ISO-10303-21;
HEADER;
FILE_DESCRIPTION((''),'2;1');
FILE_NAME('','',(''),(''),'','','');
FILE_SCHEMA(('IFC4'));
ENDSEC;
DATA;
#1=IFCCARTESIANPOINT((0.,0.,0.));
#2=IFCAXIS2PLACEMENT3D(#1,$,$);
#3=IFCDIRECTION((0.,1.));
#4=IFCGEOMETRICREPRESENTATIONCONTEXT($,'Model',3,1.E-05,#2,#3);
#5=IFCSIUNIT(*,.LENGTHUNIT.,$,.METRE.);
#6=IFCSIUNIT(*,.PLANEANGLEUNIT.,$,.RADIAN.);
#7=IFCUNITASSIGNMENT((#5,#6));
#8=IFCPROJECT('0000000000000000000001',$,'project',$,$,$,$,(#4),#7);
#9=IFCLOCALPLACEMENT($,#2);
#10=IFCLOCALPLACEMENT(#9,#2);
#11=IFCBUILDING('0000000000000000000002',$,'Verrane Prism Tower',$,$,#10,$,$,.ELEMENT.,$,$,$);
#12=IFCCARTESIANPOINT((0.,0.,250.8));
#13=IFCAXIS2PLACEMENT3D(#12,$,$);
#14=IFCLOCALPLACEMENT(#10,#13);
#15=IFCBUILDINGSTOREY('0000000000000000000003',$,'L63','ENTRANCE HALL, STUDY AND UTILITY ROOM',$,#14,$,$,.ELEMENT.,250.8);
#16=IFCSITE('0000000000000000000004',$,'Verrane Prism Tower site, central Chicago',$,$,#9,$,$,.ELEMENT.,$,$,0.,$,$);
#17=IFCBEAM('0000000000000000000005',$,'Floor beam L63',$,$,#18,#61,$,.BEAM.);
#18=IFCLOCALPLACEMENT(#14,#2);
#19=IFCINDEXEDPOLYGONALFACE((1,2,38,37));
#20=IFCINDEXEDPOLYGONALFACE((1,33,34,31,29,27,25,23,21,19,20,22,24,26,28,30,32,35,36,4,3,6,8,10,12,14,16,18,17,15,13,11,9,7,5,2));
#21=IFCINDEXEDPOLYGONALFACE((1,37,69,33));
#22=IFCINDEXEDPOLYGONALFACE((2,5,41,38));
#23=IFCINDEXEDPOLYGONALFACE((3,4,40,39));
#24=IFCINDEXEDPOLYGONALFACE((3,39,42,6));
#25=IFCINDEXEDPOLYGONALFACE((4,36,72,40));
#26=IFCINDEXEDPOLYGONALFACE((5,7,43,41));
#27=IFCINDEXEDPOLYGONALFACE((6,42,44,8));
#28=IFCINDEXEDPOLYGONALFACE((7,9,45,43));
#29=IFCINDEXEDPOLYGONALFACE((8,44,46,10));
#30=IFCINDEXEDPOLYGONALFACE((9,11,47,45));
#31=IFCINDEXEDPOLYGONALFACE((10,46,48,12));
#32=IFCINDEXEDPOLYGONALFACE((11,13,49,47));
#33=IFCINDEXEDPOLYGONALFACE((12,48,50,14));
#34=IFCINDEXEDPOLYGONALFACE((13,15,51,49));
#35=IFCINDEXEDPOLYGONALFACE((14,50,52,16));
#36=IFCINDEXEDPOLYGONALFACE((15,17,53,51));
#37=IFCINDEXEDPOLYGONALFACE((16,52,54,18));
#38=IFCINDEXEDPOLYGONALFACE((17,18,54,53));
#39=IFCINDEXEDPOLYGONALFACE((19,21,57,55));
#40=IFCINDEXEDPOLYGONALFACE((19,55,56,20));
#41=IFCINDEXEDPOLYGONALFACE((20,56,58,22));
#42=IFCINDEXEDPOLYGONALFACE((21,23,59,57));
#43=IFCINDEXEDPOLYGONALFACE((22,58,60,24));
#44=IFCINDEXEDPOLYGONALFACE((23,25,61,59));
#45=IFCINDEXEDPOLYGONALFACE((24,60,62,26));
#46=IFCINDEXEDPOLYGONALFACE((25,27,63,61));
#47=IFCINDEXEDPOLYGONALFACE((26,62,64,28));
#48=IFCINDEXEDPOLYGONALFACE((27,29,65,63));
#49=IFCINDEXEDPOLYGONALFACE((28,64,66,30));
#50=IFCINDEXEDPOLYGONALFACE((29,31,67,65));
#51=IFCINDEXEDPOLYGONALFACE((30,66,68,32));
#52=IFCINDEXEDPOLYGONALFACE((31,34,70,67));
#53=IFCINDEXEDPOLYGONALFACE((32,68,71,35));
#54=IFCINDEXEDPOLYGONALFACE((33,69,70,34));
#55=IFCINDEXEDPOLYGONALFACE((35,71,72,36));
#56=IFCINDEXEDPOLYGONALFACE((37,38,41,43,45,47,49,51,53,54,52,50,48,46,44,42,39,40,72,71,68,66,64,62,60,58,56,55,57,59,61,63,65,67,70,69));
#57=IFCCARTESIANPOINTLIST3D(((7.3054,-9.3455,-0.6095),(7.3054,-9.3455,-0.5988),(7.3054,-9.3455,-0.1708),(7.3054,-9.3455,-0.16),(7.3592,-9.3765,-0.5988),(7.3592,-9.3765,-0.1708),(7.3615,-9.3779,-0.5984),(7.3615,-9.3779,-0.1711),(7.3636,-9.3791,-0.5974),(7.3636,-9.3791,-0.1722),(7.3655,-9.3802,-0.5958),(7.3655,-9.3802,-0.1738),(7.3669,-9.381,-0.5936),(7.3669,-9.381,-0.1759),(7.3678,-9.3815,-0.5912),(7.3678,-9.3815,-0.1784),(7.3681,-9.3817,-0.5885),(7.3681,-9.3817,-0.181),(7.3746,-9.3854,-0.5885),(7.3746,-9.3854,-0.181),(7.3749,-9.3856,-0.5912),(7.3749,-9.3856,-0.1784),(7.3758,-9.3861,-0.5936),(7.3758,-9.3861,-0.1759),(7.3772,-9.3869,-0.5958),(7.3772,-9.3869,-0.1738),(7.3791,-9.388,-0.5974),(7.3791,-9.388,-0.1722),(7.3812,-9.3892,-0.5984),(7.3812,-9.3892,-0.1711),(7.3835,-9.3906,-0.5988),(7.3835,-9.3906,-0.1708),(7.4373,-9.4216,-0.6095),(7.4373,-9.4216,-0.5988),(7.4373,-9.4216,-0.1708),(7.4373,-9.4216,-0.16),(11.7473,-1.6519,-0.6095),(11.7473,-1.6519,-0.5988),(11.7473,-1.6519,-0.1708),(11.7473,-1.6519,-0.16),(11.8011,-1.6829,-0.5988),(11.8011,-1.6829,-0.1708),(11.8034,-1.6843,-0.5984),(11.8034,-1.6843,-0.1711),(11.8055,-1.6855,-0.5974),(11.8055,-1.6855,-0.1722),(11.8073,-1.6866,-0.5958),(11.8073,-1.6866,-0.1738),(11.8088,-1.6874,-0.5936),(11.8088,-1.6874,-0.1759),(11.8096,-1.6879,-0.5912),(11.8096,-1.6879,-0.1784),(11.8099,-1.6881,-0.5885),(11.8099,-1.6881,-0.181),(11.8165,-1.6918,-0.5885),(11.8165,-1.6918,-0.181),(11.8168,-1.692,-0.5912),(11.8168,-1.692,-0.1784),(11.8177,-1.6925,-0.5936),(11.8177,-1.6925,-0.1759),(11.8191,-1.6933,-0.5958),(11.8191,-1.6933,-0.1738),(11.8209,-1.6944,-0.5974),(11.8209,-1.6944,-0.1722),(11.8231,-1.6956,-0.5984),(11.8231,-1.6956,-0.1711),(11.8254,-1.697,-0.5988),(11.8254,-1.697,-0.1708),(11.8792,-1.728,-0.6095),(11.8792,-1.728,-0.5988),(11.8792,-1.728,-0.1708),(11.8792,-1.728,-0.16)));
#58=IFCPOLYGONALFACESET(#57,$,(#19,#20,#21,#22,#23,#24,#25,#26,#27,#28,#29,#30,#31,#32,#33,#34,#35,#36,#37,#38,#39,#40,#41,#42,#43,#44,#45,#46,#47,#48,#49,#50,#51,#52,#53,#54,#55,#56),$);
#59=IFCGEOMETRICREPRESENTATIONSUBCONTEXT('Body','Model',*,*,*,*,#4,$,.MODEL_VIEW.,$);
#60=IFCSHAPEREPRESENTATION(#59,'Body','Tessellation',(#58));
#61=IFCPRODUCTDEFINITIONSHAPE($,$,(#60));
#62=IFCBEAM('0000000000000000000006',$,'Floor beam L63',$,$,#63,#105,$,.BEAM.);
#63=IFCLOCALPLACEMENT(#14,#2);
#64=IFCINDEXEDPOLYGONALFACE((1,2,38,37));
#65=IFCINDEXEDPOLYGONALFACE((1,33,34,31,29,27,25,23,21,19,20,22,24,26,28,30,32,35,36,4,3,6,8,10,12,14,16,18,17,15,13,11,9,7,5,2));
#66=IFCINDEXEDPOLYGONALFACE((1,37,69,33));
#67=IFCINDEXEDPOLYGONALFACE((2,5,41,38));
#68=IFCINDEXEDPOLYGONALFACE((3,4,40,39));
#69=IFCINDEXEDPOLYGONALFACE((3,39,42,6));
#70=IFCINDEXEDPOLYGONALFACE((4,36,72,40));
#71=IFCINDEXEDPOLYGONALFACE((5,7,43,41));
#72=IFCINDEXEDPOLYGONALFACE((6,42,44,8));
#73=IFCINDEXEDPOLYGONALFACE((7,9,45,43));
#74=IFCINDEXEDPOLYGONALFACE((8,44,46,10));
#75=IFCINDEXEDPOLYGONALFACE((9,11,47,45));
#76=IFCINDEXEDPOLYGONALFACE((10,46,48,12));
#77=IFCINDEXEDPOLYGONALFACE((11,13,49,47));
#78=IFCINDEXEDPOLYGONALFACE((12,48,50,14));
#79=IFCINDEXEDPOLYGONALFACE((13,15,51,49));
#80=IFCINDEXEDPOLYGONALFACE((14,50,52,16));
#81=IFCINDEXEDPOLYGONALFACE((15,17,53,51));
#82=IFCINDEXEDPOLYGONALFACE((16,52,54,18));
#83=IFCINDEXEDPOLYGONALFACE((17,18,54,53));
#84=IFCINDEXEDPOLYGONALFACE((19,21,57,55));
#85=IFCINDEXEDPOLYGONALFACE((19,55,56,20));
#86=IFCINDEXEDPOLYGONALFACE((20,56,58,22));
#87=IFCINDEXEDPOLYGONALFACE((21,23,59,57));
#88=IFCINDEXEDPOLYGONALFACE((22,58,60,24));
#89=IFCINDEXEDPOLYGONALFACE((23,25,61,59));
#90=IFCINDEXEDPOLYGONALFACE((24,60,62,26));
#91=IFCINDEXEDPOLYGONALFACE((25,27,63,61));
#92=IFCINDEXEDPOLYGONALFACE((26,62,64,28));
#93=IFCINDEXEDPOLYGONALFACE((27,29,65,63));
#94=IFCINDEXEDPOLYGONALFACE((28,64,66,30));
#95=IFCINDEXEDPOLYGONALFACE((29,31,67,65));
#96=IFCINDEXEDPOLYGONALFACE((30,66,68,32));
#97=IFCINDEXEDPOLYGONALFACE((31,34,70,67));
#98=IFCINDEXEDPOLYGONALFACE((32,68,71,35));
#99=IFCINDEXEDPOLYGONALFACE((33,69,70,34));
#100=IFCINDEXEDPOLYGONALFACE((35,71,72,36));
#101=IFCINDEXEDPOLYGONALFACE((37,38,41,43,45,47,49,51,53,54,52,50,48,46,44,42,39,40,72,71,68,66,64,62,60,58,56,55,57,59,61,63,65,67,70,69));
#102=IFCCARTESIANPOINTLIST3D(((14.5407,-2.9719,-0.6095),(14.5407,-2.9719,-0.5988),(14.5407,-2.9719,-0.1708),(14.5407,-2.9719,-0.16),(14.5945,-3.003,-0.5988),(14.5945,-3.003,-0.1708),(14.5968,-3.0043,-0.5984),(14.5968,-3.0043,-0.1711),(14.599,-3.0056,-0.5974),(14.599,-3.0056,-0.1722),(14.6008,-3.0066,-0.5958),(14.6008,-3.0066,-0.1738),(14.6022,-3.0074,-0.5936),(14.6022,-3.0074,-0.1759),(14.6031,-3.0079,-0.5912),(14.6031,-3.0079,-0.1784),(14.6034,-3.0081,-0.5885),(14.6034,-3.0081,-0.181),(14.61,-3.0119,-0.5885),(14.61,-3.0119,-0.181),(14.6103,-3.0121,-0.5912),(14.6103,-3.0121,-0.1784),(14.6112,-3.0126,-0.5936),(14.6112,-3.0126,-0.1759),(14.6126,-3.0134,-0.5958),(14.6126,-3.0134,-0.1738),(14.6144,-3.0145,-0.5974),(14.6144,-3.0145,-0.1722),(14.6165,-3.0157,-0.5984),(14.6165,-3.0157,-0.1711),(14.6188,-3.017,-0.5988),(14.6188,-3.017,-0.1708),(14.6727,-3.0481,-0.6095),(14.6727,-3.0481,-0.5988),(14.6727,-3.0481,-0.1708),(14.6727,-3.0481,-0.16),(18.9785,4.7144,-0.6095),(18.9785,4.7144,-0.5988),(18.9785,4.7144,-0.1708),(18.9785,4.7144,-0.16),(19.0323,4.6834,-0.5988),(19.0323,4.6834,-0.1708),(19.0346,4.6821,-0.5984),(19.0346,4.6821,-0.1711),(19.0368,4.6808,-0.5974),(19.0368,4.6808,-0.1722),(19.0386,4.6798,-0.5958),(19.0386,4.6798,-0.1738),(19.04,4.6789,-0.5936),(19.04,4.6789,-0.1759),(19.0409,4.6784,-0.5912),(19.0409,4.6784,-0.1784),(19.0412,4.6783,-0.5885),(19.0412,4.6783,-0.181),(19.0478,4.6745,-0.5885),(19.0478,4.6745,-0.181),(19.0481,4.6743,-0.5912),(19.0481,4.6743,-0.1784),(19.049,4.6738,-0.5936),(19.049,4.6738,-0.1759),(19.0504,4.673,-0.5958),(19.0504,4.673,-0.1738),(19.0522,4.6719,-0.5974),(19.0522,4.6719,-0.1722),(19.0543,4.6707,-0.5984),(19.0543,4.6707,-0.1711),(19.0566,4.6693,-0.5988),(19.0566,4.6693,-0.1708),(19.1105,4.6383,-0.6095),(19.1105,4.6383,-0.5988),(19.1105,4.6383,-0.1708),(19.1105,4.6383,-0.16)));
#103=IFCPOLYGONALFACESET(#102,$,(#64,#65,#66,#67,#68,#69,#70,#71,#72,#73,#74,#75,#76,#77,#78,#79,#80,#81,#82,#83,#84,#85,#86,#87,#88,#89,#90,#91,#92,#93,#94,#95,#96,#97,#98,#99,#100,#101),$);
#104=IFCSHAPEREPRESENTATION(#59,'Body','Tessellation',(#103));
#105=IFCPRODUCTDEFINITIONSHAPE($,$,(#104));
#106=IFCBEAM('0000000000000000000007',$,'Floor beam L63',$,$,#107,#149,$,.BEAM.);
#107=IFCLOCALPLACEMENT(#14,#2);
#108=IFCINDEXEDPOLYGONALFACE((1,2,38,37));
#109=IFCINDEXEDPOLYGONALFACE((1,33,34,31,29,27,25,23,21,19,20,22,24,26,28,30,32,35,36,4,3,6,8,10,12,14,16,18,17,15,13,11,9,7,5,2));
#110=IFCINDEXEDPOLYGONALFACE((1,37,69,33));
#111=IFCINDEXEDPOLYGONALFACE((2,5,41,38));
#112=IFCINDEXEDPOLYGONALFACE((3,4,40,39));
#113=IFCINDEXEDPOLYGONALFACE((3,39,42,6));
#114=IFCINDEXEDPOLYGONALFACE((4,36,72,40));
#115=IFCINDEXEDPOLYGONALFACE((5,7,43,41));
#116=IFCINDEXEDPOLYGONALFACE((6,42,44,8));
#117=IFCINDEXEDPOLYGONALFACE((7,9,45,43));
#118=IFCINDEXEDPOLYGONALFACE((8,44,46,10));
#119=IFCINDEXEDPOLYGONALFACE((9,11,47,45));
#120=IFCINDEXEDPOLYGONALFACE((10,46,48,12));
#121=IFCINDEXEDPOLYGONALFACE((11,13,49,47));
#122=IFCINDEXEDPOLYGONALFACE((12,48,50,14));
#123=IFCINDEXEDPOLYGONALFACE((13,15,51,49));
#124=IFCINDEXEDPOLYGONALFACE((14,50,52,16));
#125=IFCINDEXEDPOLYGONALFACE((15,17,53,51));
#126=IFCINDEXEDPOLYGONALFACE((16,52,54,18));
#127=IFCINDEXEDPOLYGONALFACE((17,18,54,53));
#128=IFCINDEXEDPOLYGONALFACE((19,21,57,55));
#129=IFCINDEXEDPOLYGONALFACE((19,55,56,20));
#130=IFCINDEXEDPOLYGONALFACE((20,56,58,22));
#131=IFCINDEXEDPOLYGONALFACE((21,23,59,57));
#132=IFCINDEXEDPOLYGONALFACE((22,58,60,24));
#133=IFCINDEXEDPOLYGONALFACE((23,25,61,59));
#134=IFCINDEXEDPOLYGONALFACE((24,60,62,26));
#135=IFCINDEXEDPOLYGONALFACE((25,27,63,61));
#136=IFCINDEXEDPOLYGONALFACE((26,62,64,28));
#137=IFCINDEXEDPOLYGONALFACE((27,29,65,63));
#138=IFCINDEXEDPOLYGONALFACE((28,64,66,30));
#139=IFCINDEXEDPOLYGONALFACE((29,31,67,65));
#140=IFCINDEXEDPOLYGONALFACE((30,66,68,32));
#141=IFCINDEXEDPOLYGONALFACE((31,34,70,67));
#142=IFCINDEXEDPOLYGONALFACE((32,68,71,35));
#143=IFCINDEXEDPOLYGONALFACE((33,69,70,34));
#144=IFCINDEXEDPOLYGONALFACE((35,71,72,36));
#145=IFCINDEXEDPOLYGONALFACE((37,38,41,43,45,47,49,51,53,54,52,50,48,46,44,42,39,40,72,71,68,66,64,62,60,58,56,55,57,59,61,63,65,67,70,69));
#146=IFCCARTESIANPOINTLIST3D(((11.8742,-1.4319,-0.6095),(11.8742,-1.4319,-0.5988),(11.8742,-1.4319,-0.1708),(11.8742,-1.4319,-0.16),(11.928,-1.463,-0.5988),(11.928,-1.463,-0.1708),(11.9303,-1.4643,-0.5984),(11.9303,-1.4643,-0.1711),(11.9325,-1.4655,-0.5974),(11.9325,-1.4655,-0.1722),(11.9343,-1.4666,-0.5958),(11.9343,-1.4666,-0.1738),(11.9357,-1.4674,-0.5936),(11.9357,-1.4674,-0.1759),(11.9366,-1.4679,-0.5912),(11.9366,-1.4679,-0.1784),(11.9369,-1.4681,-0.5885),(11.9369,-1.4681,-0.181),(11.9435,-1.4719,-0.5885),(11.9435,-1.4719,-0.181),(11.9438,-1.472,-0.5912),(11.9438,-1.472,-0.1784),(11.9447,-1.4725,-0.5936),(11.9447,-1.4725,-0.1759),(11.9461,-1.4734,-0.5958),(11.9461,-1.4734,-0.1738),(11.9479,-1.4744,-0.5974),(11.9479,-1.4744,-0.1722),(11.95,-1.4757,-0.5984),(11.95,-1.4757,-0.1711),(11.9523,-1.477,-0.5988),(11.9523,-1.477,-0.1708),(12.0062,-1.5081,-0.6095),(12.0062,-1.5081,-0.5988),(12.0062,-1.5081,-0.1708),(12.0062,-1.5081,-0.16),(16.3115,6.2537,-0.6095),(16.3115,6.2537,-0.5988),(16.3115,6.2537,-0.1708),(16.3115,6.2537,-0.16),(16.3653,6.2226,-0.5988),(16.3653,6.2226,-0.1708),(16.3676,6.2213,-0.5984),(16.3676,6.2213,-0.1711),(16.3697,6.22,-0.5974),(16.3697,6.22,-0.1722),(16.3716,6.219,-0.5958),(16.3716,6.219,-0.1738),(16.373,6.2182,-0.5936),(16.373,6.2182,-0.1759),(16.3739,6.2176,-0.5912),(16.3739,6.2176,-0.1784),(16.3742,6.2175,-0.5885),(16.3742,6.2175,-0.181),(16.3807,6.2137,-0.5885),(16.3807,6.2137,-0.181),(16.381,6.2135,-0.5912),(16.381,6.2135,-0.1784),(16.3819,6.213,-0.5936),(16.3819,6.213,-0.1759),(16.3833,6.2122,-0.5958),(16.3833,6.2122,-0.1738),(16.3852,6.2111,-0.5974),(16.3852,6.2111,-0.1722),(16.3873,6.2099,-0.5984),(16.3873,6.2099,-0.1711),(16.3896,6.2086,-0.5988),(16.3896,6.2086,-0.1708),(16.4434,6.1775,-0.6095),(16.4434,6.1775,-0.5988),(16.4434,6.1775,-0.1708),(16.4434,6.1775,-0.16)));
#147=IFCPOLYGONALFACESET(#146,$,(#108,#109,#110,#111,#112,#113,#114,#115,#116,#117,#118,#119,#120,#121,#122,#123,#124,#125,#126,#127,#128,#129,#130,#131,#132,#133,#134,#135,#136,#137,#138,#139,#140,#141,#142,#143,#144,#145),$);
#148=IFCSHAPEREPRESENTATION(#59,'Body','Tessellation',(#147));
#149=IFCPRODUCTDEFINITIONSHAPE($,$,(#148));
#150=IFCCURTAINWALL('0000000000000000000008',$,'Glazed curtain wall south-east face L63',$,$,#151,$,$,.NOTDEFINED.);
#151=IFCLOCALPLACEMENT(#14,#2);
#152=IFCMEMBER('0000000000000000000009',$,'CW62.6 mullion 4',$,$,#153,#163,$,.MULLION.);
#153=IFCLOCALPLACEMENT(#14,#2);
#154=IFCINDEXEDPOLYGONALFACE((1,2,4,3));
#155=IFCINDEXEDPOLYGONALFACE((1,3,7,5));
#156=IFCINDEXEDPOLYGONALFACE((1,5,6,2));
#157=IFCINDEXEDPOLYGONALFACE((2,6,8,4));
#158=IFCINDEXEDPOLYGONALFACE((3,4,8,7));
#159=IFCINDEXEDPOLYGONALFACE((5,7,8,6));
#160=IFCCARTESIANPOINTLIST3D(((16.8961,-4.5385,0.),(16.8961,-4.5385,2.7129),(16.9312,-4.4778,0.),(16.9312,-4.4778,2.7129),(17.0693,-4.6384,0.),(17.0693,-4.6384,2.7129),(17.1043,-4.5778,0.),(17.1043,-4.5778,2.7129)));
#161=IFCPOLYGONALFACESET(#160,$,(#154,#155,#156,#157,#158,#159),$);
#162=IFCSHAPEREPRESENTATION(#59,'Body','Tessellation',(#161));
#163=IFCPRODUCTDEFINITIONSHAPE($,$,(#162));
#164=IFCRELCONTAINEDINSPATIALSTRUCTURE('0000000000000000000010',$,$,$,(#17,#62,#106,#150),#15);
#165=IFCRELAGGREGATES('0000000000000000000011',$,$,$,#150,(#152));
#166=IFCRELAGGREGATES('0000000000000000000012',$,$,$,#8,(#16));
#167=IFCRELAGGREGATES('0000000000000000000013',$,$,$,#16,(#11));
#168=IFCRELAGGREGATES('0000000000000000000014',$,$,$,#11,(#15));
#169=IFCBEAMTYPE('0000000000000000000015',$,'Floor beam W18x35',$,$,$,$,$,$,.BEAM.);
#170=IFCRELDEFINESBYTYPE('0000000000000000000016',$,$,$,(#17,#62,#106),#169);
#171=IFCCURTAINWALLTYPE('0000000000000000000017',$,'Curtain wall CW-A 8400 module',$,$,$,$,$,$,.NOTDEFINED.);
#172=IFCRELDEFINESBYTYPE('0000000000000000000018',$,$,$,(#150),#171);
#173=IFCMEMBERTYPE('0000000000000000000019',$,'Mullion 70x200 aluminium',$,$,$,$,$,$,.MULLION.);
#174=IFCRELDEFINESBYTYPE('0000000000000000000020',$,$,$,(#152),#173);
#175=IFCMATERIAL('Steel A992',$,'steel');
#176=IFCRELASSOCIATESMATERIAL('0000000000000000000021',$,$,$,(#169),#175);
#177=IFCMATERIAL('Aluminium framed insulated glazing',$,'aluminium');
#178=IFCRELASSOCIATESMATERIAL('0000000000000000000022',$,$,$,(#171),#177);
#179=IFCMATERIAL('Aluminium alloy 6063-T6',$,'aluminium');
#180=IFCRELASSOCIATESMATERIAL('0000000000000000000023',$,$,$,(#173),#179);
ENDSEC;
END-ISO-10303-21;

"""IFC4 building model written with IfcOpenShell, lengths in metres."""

from ifc_helpers import new_model, si_unit, direction, frame, origin, origin_2d, place, context, subcontext, project, spatial, rectangle, i_section, extrude, material, material_profile, profile_set, type_object, element, aggregate, save


model = new_model("IFC4")

# Units and contexts
model_context = context("Model", 3, precision=1e-05, world=origin(), true_north=direction((0.0, 1.0)))
body_context = subcontext(model_context, "Body", "Model", "MODEL_VIEW")
ifc_project = project(units=[si_unit("LENGTHUNIT", "METRE"), si_unit("PLANEANGLEUNIT", "RADIAN")], contexts=[model_context])

# Site, building, storey
site_placement = place(None, origin())
site = spatial("IfcSite", under=ifc_project, at=site_placement, Name="Verrane Prism Tower site, central Chicago", CompositionType="ELEMENT", RefElevation=0.0)
building_placement = place(site_placement, origin())
building = spatial("IfcBuilding", under=site, at=building_placement, Name="Verrane Prism Tower", CompositionType="ELEMENT")
storey_placement = place(building_placement, frame((0.0, 0.0, 250.8)))
storey = spatial("IfcBuildingStorey", under=building, at=storey_placement, Name="L63", Description="ENTRANCE HALL, STUDY AND UTILITY ROOM", CompositionType="ELEMENT", Elevation=250.8)

# Beams
ifc_material_1 = material(Name="Steel A992", Category="steel")
ifc_material_profile_1 = material_profile(ifc_material_1, i_section(OverallWidth=0.1523, OverallDepth=0.4495, WebThickness=0.0076, FlangeThickness=0.0107, FilletRadius=0.0103, at=origin_2d()), Name="W18x35")
ifc_profile_set_1 = profile_set([ifc_material_profile_1], Name="Steel A992")
beam_type_1 = type_object("IfcBeamType", Name="Floor beam W18x35", PredefinedType="BEAM", material=ifc_profile_set_1)
beam_1_placement = place(storey_placement, frame((7.3713, -9.3835, -0.3848), z_axis=(0.499999, 0.866026, 0.0), x_axis=(-0.866026, 0.499999, 0.0)))
element("IfcBeam", 1, at=beam_1_placement, inside=storey, type_object=beam_type_1, Name="Floor beam L63", PredefinedType="BEAM", context=body_context, shape_type="SweptSolid", body=[
    extrude(i_section(OverallWidth=0.1523, OverallDepth=0.4495, WebThickness=0.0076, FlangeThickness=0.0107, FilletRadius=0.0103, at=origin_2d()), origin(), (0.0, 0.0, 1.0), 8.8838),
])
beam_2_placement = place(storey_placement, frame((14.6067, -3.01, -0.3848), z_axis=(0.500006, 0.866022, 0.0), x_axis=(-0.866022, 0.500006, 0.0)))
element("IfcBeam", 2, at=beam_2_placement, inside=storey, type_object=beam_type_1, Name="Floor beam L63", PredefinedType="BEAM", context=body_context, shape_type="SweptSolid", body=[
    extrude(i_section(OverallWidth=0.1523, OverallDepth=0.4495, WebThickness=0.0076, FlangeThickness=0.0107, FilletRadius=0.0103, at=origin_2d()), origin(), (0.0, 0.0, 1.0), 8.8755),
])
beam_3_placement = place(storey_placement, frame((11.9402, -1.47, -0.3848), z_axis=(0.5, 0.866025, 0.0), x_axis=(-0.866025, 0.5, 0.0)))
element("IfcBeam", 3, at=beam_3_placement, inside=storey, type_object=beam_type_1, Name="Floor beam L63", PredefinedType="BEAM", context=body_context, shape_type="SweptSolid", body=[
    extrude(i_section(OverallWidth=0.1523, OverallDepth=0.4495, WebThickness=0.0076, FlangeThickness=0.0107, FilletRadius=0.0103, at=origin_2d()), origin(), (0.0, 0.0, 1.0), 8.8745),
])

# Curtain wall, member
ifc_material_2 = material(Name="Aluminium framed insulated glazing", Category="aluminium")
curtain_wall_type = type_object("IfcCurtainWallType", Name="Curtain wall CW-A 8400 module", PredefinedType="NOTDEFINED", material=ifc_material_2)
curtain_wall_placement = place(storey_placement, origin())
curtain_wall = element("IfcCurtainWall", 4, at=curtain_wall_placement, inside=storey, type_object=curtain_wall_type, Name="Glazed curtain wall south-east face L63", PredefinedType="NOTDEFINED")
ifc_material_3 = material(Name="Aluminium alloy 6063-T6", Category="aluminium")
ifc_material_profile_2 = material_profile(ifc_material_3, rectangle(XDim=0.2, YDim=0.0701, at=origin_2d()), Name="Mullion 70x200 aluminium")
ifc_profile_set_2 = profile_set([ifc_material_profile_2], Name="Aluminium alloy 6063-T6")
member_type_1 = type_object("IfcMemberType", Name="Mullion 70x200 aluminium", PredefinedType="MULLION", material=ifc_profile_set_2)
member_1_placement = place(storey_placement, frame((17.0002, -4.5581, 0.0), z_axis=(0.0, 0.0, 1.0), x_axis=(-0.866026, 0.5, 0.0)))
member_1 = element("IfcMember", 5, at=member_1_placement, type_object=member_type_1, Name="CW62.6 mullion 4", PredefinedType="MULLION", context=body_context, shape_type="SweptSolid", body=[
    extrude(rectangle(XDim=0.2, YDim=0.0701, at=origin_2d()), origin(), (0.0, 0.0, 1.0), 2.7129),
])

aggregate(curtain_wall, [member_1])

save(model, "model.ifc")
